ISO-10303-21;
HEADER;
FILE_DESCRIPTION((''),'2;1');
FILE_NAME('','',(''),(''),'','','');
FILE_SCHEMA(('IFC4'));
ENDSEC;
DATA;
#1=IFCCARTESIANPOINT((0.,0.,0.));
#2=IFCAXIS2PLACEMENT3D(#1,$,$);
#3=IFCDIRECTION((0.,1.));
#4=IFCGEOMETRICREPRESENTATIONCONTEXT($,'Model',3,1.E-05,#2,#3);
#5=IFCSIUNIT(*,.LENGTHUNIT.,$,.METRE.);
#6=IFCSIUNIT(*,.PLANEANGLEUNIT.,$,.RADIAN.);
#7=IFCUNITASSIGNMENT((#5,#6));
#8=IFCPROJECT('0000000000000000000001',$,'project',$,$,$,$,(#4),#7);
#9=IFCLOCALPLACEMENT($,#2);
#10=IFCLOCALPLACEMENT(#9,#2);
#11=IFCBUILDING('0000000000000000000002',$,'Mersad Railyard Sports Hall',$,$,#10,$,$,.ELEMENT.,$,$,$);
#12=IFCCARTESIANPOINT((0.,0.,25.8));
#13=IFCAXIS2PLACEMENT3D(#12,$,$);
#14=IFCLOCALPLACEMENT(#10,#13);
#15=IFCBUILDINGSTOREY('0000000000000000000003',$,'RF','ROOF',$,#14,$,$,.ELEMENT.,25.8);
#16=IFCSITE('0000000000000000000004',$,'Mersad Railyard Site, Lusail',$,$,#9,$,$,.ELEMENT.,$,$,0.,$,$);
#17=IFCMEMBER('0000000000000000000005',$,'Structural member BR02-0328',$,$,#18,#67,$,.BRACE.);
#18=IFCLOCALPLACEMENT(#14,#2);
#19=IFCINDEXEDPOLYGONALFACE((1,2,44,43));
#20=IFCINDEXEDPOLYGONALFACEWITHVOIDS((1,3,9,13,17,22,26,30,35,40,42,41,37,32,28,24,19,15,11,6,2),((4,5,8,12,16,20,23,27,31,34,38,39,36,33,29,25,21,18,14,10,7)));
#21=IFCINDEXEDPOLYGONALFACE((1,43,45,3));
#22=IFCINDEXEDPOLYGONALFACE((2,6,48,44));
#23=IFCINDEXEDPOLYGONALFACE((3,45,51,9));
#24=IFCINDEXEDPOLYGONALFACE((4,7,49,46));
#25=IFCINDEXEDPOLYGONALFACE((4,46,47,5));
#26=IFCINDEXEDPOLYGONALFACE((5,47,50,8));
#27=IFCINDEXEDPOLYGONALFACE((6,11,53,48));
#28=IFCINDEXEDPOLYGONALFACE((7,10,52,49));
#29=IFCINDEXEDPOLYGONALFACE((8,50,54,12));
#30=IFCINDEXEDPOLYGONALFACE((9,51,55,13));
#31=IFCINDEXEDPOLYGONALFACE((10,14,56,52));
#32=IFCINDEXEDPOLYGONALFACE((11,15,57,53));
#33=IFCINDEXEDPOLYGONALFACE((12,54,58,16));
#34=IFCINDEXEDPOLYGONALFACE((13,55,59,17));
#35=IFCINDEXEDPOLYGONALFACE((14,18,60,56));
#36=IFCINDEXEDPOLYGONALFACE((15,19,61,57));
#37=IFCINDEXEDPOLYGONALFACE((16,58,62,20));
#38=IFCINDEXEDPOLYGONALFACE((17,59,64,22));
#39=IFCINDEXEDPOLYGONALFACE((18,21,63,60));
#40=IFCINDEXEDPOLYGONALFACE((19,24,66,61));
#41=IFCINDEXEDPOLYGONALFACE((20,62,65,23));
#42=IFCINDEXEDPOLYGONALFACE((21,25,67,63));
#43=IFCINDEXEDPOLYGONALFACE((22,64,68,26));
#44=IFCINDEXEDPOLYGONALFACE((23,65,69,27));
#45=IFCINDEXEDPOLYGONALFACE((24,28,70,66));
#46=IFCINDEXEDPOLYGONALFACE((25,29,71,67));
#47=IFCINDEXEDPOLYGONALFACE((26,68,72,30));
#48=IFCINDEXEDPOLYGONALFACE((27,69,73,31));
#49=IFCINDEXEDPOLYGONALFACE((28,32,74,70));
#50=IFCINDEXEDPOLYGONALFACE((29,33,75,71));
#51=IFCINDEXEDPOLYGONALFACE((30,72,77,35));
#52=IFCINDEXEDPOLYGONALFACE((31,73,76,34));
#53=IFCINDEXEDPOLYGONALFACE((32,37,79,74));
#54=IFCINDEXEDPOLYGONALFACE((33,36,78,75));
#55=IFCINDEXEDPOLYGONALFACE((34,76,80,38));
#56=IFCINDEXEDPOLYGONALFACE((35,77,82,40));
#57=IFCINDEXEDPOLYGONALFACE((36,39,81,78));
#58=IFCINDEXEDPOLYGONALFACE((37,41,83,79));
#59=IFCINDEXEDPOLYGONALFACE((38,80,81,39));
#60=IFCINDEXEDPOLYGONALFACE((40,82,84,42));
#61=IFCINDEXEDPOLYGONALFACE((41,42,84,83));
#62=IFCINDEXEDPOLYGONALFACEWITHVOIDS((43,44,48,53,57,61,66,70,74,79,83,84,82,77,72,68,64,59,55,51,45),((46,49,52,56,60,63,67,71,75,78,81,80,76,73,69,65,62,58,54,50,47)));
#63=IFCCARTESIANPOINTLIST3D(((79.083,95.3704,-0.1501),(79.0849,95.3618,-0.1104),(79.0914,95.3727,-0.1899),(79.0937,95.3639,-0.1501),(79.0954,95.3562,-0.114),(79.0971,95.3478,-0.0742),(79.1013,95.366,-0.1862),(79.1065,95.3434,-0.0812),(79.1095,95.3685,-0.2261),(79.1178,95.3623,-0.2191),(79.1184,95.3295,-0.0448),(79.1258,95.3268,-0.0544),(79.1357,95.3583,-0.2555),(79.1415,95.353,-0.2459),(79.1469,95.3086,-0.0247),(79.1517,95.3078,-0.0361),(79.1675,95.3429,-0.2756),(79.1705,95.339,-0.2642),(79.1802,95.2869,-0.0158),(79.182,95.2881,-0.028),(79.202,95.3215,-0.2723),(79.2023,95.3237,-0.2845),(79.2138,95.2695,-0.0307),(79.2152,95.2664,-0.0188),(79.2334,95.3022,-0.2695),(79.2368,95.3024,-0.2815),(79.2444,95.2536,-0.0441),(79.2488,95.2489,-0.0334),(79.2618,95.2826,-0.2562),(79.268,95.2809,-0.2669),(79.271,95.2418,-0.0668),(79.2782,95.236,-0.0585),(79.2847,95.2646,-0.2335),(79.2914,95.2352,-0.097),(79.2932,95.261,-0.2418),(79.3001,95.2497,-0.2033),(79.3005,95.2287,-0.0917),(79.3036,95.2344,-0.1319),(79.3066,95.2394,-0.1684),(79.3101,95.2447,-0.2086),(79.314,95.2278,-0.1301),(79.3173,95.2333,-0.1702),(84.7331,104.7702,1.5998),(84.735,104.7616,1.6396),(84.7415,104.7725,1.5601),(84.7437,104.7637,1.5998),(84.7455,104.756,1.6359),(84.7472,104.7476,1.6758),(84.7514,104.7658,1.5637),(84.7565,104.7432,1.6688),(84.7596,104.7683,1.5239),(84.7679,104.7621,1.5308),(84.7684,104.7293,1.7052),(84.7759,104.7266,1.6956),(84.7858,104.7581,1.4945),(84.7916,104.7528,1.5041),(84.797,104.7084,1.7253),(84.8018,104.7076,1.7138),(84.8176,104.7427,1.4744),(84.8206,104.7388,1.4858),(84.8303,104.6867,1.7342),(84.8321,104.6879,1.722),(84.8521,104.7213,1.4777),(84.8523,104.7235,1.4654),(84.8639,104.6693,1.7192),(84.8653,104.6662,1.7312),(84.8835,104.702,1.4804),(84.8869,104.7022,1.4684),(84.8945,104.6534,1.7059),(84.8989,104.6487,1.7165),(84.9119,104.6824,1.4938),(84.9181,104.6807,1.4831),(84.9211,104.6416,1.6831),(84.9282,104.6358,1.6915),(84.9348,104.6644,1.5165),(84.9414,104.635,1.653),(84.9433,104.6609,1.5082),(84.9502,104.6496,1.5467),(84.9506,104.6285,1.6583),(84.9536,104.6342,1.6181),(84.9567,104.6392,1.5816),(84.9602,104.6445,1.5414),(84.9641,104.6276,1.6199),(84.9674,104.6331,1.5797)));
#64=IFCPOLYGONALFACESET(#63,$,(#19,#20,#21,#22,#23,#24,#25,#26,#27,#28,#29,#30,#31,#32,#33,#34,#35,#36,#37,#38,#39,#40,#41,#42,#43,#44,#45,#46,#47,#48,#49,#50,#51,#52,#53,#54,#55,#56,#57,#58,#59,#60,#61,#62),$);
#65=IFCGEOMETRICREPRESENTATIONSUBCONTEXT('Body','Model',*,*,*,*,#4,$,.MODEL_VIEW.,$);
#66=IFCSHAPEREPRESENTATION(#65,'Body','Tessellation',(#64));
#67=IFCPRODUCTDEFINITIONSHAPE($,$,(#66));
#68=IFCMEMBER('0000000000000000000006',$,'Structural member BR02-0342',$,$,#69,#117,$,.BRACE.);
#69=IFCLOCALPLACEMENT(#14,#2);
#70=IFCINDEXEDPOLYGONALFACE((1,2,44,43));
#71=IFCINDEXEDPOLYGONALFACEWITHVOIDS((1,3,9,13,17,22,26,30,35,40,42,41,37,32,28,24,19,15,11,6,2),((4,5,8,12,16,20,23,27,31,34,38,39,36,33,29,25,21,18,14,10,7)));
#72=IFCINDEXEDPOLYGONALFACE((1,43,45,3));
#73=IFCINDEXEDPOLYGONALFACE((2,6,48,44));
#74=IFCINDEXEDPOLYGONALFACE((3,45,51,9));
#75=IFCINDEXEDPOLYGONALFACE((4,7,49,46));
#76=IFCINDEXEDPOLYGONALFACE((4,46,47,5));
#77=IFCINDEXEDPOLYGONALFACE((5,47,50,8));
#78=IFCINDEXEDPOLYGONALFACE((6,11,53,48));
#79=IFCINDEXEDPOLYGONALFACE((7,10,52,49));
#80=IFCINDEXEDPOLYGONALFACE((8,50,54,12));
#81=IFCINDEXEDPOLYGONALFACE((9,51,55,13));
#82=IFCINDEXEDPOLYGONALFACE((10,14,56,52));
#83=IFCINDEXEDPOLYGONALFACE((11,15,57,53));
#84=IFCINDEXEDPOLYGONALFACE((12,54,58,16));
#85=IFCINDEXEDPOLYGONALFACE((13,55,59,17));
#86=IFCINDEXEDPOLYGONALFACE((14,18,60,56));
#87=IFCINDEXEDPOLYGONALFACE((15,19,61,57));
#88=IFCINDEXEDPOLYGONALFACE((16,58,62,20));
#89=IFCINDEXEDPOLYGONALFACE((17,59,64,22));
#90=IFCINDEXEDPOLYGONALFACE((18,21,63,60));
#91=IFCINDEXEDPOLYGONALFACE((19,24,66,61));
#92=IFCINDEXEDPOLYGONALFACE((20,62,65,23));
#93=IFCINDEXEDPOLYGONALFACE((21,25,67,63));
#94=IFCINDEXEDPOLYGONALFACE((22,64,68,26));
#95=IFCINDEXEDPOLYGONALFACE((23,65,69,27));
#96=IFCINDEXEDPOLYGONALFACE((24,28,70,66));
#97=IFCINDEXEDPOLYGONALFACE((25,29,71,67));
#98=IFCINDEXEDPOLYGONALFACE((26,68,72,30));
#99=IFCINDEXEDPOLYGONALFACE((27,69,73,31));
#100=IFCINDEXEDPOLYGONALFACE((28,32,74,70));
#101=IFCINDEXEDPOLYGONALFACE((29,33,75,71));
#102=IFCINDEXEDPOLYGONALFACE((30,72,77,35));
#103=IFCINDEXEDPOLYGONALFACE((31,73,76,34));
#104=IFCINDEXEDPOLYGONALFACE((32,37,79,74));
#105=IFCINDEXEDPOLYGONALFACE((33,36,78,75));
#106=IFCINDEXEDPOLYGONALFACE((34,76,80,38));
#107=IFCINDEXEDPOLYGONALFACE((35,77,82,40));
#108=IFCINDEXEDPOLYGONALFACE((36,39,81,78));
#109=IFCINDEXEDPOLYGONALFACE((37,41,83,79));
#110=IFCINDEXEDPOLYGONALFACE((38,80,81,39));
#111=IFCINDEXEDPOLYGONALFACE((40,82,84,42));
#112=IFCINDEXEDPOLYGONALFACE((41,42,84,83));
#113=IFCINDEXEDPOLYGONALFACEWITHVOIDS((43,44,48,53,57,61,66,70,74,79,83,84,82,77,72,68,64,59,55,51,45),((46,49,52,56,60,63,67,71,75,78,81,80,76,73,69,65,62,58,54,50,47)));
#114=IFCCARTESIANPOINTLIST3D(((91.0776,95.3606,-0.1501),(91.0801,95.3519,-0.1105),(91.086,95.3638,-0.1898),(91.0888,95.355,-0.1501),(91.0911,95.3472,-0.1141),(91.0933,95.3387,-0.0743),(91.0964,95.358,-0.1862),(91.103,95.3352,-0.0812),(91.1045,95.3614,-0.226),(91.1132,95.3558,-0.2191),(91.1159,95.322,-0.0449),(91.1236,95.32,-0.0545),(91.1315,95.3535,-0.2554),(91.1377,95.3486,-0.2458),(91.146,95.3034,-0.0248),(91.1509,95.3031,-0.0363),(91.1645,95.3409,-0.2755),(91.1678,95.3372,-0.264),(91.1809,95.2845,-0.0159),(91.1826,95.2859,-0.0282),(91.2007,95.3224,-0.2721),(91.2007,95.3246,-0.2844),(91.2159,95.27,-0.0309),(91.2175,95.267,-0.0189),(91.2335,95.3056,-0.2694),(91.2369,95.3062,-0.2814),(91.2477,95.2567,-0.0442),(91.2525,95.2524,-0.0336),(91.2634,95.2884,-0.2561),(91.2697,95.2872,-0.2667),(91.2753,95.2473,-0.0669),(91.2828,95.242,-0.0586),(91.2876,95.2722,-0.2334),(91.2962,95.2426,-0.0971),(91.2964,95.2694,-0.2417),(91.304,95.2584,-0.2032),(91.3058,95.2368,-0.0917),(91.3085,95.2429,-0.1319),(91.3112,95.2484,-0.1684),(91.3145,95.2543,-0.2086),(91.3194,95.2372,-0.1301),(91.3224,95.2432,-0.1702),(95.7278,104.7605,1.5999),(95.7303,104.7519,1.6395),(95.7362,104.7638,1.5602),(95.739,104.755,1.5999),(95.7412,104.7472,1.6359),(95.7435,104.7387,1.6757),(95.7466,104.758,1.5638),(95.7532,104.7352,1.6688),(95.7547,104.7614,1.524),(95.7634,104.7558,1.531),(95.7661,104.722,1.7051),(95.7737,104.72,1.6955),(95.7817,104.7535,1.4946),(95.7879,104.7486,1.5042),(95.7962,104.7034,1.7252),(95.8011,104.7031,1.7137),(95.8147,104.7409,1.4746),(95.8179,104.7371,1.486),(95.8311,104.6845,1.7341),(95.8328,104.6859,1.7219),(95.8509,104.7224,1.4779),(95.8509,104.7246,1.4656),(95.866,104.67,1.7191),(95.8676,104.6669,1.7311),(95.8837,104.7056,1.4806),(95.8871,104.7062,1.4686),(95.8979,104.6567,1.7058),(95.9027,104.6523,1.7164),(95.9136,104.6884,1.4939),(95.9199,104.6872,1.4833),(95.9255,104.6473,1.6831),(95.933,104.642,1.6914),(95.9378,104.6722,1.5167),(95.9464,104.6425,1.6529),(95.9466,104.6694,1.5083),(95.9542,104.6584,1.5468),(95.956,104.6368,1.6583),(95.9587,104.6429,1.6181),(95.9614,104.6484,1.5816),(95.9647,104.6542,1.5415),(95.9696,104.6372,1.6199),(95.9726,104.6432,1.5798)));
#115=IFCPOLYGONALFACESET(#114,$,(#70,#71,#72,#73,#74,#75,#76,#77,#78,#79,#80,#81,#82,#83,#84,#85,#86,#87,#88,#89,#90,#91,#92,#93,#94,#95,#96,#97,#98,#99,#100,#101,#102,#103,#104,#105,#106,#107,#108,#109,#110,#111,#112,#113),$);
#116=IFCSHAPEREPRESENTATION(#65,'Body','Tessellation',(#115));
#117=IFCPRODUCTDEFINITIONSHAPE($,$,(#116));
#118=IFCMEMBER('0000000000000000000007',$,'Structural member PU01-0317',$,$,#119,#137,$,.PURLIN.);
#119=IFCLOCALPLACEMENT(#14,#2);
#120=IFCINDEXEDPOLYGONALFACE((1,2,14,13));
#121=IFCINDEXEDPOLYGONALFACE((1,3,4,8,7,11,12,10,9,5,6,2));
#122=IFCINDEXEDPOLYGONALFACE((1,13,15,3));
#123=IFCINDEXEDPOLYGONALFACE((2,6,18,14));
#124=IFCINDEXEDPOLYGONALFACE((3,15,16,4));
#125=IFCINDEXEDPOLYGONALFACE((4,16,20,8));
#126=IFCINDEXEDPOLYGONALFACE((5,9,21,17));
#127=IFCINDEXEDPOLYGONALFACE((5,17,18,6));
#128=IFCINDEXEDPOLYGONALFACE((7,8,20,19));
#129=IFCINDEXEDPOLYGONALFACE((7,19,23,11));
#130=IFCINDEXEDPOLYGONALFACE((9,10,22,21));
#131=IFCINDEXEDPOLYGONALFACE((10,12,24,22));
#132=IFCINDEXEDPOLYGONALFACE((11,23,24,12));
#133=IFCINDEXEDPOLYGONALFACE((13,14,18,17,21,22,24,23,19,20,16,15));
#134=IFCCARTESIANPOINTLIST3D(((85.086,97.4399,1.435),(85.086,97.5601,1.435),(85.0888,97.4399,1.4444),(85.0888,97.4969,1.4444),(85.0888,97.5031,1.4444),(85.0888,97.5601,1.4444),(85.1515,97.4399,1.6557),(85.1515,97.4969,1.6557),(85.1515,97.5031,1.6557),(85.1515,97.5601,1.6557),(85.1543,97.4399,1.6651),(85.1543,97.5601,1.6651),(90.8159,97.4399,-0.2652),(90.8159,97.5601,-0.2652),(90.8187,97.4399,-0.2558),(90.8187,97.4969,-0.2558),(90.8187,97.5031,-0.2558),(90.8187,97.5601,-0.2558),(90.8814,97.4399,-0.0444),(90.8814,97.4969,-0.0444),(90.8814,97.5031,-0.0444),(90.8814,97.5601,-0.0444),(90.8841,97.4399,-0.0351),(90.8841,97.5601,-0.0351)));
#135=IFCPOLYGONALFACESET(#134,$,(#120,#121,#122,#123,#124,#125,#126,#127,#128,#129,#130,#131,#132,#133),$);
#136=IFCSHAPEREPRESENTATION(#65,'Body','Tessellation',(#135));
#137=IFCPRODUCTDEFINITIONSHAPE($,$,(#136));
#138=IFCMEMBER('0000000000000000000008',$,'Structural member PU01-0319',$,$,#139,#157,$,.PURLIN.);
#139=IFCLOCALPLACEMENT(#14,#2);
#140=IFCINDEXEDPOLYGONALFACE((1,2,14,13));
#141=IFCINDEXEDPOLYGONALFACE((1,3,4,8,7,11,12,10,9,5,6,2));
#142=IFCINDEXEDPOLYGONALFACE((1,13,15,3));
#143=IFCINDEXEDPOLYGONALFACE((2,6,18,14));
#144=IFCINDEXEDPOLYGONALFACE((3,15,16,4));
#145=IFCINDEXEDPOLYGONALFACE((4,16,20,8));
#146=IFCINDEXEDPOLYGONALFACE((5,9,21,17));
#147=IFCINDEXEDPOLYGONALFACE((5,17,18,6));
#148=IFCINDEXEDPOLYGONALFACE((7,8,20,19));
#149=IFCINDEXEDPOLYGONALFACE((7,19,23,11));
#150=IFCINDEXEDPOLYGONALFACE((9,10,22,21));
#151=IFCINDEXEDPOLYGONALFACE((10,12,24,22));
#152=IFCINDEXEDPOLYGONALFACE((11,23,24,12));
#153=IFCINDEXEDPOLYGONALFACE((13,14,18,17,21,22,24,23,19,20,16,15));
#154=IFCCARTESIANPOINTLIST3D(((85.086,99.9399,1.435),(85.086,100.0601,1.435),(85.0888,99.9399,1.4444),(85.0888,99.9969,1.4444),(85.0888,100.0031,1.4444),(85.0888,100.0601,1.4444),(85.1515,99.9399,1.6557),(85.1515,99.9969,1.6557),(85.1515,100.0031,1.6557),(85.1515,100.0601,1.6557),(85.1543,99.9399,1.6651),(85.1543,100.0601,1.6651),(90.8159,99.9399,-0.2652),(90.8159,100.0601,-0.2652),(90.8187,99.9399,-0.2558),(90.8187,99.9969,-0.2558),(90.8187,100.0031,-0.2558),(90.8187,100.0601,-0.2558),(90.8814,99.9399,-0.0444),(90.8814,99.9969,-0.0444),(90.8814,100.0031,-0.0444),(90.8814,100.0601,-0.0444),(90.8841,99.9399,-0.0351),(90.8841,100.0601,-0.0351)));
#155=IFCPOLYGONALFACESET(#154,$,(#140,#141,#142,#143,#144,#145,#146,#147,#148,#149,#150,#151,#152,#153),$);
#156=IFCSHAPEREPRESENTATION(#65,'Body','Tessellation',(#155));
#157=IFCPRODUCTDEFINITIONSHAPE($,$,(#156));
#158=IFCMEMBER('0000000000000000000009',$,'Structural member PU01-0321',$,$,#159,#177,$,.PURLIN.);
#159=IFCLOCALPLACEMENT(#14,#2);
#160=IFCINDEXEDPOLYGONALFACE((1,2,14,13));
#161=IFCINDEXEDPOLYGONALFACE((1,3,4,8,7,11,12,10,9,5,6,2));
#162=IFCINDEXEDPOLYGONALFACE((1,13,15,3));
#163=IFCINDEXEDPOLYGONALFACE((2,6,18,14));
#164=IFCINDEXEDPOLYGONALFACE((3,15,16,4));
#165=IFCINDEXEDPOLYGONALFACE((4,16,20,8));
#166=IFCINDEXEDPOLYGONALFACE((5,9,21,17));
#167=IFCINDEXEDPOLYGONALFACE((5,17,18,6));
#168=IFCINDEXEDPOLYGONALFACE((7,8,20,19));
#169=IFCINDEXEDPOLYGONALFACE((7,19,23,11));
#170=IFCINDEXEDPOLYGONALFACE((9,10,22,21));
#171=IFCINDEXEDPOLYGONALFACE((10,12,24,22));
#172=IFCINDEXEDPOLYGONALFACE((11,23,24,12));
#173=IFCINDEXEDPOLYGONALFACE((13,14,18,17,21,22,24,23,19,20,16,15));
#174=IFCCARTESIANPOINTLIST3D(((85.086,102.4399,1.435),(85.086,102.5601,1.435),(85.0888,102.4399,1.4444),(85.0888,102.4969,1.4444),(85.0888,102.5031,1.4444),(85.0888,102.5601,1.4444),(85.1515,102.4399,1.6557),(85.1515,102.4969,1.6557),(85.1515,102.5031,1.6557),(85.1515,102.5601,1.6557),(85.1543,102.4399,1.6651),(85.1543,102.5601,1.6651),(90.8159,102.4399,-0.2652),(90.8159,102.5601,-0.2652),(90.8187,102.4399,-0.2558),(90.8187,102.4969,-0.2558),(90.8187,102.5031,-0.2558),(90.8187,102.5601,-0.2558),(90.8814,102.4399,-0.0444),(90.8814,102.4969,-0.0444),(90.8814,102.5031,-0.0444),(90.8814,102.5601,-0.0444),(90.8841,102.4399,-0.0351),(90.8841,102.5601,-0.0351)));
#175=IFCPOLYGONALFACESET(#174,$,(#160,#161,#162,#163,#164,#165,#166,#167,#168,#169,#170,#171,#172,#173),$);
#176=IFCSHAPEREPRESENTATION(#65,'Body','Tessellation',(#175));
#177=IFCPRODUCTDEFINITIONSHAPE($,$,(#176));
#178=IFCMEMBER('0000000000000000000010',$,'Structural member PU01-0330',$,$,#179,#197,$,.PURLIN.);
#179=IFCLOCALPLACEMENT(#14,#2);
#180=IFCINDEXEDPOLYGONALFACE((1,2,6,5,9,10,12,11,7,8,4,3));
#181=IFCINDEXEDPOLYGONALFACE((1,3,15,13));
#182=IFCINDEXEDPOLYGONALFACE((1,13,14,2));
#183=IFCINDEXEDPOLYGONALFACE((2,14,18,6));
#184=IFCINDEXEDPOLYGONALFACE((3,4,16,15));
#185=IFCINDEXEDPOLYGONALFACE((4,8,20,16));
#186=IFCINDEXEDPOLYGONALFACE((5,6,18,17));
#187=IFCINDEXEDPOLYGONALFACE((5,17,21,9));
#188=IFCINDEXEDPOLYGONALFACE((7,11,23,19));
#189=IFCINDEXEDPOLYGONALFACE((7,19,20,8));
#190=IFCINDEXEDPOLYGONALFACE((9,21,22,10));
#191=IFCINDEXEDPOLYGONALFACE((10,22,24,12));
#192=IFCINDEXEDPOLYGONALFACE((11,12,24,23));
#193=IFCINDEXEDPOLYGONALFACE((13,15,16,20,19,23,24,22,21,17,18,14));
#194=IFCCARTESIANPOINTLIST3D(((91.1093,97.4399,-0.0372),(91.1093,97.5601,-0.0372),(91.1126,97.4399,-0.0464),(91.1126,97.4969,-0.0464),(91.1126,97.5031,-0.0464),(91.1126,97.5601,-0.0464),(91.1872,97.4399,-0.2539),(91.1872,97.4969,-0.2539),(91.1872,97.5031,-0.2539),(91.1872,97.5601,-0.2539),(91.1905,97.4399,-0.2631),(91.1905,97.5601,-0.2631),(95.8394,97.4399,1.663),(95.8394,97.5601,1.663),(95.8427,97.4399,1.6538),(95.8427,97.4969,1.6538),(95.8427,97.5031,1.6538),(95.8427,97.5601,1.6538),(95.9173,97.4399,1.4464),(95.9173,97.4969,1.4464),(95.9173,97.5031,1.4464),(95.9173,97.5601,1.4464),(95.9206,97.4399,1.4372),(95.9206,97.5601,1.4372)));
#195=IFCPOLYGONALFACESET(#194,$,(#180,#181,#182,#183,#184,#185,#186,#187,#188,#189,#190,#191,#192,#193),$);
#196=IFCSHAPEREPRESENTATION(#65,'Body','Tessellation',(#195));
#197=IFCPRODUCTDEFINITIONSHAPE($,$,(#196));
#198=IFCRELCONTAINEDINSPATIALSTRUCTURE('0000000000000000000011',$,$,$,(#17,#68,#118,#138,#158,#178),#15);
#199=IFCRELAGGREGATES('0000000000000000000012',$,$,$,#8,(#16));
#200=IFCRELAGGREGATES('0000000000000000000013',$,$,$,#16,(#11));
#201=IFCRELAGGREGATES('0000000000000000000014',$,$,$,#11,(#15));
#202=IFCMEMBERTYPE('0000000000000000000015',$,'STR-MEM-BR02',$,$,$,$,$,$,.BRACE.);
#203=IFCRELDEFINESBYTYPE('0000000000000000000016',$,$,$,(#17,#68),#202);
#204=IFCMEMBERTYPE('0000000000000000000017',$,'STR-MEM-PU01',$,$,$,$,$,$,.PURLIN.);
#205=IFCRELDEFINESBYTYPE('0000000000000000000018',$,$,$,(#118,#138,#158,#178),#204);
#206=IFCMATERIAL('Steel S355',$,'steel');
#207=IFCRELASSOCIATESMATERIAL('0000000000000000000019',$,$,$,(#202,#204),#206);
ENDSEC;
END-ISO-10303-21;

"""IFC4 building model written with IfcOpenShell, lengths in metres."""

from ifc_helpers import new_model, si_unit, direction, frame, origin, origin_2d, place, context, subcontext, project, spatial, hollow_circle, i_section, extrude, material, material_profile, profile_set, type_object, element, save


model = new_model("IFC4")

# Units and contexts
model_context = context("Model", 3, precision=1e-05, world=origin(), true_north=direction((0.0, 1.0)))
body_context = subcontext(model_context, "Body", "Model", "MODEL_VIEW")
ifc_project = project(units=[si_unit("LENGTHUNIT", "METRE"), si_unit("PLANEANGLEUNIT", "RADIAN")], contexts=[model_context])

# Site, building, storey
site_placement = place(None, origin())
site = spatial("IfcSite", under=ifc_project, at=site_placement, Name="Mersad Railyard Site, Lusail", CompositionType="ELEMENT", RefElevation=0.0)
building_placement = place(site_placement, origin())
building = spatial("IfcBuilding", under=site, at=building_placement, Name="Mersad Railyard Sports Hall", CompositionType="ELEMENT")
storey_placement = place(building_placement, frame((0.0, 0.0, 25.8)))
storey = spatial("IfcBuildingStorey", under=building, at=storey_placement, Name="RF", Description="ROOF", CompositionType="ELEMENT", Elevation=25.8)

# Shared definitions
ifc_material_1 = material(Name="Steel S355", Category="steel")

# Members
ifc_material_profile_1 = material_profile(ifc_material_1, hollow_circle(Radius=0.1365, WallThickness=0.0125, at=origin_2d()), Name="CHS 273x12.5")
ifc_profile_set_1 = profile_set([ifc_material_profile_1], Name="Steel S355")
member_type_1 = type_object("IfcMemberType", Name="STR-MEM-BR02", PredefinedType="BRACE", material=ifc_profile_set_1)
member_1_placement = place(storey_placement, frame((79.2, 95.3, -0.1501), z_axis=(0.508744, 0.846375, 0.157571), x_axis=(-0.857082, 0.51518, 0.0)))
element("IfcMember", 1, at=member_1_placement, inside=storey, type_object=member_type_1, Name="Structural member BR02-0328", PredefinedType="BRACE", context=body_context, shape_type="SweptSolid", body=[
    extrude(hollow_circle(Radius=0.1365, WallThickness=0.0125, at=origin_2d()), origin(), (0.0, 0.0, 1.0), 11.106),
])
member_2_placement = place(storey_placement, frame((91.2, 95.3, -0.1501), z_axis=(0.437363, 0.884094, 0.164594), x_axis=(-0.896319, 0.44341, 0.0)))
element("IfcMember", 2, at=member_2_placement, inside=storey, type_object=member_type_1, Name="Structural member BR02-0342", PredefinedType="BRACE", context=body_context, shape_type="SweptSolid", body=[
    extrude(hollow_circle(Radius=0.1365, WallThickness=0.0125, at=origin_2d()), origin(), (0.0, 0.0, 1.0), 10.6323),
])
ifc_material_profile_2 = material_profile(ifc_material_1, i_section(OverallWidth=0.1201, OverallDepth=0.24, WebThickness=0.0061, FlangeThickness=0.0098, at=origin_2d()), Name="IPE 240")
ifc_profile_set_2 = profile_set([ifc_material_profile_2], Name="Steel S355")
member_type_2 = type_object("IfcMemberType", Name="STR-MEM-PU01", PredefinedType="PURLIN", material=ifc_profile_set_2)
for number, where, z_axis, x_axis, name in (
    (3, (85.1201, 97.5, 1.55), (0.958688, 0.0, -0.284461), (0.0, 1.0, 0.0), "Structural member PU01-0317"),
    (4, (85.1201, 100.0, 1.55), (0.958688, 0.0, -0.284461), (0.0, 1.0, 0.0), "Structural member PU01-0319"),
    (5, (85.1201, 102.5, 1.55), (0.958688, 0.0, -0.284461), (0.0, 1.0, 0.0), "Structural member PU01-0321"),
):
    element("IfcMember", number, at=place(storey_placement, frame(where, z_axis=z_axis, x_axis=x_axis)), inside=storey, type_object=member_type_2, Name=name, PredefinedType="PURLIN", context=body_context, shape_type="SweptSolid", body=[
        extrude(i_section(OverallWidth=0.1201, OverallDepth=0.24, WebThickness=0.0061, FlangeThickness=0.0098, at=origin_2d()), origin(), (0.0, 0.0, 1.0), 5.9768),
    ])
for number, where, z_axis, x_axis, name in (
    (6, (91.1499, 97.5, -0.1501), (0.941052, 0.0, 0.338262), (0.0, 1.0, 0.0), "Structural member PU01-0330"),
):
    element("IfcMember", number, at=place(storey_placement, frame(where, z_axis=z_axis, x_axis=x_axis)), inside=storey, type_object=member_type_2, Name=name, PredefinedType="PURLIN", context=body_context, shape_type="SweptSolid", body=[
        extrude(i_section(OverallWidth=0.1201, OverallDepth=0.24, WebThickness=0.0061, FlangeThickness=0.0098, at=origin_2d()), origin(), (0.0, 0.0, 1.0), 5.0264),
    ])

save(model, "model.ifc")
